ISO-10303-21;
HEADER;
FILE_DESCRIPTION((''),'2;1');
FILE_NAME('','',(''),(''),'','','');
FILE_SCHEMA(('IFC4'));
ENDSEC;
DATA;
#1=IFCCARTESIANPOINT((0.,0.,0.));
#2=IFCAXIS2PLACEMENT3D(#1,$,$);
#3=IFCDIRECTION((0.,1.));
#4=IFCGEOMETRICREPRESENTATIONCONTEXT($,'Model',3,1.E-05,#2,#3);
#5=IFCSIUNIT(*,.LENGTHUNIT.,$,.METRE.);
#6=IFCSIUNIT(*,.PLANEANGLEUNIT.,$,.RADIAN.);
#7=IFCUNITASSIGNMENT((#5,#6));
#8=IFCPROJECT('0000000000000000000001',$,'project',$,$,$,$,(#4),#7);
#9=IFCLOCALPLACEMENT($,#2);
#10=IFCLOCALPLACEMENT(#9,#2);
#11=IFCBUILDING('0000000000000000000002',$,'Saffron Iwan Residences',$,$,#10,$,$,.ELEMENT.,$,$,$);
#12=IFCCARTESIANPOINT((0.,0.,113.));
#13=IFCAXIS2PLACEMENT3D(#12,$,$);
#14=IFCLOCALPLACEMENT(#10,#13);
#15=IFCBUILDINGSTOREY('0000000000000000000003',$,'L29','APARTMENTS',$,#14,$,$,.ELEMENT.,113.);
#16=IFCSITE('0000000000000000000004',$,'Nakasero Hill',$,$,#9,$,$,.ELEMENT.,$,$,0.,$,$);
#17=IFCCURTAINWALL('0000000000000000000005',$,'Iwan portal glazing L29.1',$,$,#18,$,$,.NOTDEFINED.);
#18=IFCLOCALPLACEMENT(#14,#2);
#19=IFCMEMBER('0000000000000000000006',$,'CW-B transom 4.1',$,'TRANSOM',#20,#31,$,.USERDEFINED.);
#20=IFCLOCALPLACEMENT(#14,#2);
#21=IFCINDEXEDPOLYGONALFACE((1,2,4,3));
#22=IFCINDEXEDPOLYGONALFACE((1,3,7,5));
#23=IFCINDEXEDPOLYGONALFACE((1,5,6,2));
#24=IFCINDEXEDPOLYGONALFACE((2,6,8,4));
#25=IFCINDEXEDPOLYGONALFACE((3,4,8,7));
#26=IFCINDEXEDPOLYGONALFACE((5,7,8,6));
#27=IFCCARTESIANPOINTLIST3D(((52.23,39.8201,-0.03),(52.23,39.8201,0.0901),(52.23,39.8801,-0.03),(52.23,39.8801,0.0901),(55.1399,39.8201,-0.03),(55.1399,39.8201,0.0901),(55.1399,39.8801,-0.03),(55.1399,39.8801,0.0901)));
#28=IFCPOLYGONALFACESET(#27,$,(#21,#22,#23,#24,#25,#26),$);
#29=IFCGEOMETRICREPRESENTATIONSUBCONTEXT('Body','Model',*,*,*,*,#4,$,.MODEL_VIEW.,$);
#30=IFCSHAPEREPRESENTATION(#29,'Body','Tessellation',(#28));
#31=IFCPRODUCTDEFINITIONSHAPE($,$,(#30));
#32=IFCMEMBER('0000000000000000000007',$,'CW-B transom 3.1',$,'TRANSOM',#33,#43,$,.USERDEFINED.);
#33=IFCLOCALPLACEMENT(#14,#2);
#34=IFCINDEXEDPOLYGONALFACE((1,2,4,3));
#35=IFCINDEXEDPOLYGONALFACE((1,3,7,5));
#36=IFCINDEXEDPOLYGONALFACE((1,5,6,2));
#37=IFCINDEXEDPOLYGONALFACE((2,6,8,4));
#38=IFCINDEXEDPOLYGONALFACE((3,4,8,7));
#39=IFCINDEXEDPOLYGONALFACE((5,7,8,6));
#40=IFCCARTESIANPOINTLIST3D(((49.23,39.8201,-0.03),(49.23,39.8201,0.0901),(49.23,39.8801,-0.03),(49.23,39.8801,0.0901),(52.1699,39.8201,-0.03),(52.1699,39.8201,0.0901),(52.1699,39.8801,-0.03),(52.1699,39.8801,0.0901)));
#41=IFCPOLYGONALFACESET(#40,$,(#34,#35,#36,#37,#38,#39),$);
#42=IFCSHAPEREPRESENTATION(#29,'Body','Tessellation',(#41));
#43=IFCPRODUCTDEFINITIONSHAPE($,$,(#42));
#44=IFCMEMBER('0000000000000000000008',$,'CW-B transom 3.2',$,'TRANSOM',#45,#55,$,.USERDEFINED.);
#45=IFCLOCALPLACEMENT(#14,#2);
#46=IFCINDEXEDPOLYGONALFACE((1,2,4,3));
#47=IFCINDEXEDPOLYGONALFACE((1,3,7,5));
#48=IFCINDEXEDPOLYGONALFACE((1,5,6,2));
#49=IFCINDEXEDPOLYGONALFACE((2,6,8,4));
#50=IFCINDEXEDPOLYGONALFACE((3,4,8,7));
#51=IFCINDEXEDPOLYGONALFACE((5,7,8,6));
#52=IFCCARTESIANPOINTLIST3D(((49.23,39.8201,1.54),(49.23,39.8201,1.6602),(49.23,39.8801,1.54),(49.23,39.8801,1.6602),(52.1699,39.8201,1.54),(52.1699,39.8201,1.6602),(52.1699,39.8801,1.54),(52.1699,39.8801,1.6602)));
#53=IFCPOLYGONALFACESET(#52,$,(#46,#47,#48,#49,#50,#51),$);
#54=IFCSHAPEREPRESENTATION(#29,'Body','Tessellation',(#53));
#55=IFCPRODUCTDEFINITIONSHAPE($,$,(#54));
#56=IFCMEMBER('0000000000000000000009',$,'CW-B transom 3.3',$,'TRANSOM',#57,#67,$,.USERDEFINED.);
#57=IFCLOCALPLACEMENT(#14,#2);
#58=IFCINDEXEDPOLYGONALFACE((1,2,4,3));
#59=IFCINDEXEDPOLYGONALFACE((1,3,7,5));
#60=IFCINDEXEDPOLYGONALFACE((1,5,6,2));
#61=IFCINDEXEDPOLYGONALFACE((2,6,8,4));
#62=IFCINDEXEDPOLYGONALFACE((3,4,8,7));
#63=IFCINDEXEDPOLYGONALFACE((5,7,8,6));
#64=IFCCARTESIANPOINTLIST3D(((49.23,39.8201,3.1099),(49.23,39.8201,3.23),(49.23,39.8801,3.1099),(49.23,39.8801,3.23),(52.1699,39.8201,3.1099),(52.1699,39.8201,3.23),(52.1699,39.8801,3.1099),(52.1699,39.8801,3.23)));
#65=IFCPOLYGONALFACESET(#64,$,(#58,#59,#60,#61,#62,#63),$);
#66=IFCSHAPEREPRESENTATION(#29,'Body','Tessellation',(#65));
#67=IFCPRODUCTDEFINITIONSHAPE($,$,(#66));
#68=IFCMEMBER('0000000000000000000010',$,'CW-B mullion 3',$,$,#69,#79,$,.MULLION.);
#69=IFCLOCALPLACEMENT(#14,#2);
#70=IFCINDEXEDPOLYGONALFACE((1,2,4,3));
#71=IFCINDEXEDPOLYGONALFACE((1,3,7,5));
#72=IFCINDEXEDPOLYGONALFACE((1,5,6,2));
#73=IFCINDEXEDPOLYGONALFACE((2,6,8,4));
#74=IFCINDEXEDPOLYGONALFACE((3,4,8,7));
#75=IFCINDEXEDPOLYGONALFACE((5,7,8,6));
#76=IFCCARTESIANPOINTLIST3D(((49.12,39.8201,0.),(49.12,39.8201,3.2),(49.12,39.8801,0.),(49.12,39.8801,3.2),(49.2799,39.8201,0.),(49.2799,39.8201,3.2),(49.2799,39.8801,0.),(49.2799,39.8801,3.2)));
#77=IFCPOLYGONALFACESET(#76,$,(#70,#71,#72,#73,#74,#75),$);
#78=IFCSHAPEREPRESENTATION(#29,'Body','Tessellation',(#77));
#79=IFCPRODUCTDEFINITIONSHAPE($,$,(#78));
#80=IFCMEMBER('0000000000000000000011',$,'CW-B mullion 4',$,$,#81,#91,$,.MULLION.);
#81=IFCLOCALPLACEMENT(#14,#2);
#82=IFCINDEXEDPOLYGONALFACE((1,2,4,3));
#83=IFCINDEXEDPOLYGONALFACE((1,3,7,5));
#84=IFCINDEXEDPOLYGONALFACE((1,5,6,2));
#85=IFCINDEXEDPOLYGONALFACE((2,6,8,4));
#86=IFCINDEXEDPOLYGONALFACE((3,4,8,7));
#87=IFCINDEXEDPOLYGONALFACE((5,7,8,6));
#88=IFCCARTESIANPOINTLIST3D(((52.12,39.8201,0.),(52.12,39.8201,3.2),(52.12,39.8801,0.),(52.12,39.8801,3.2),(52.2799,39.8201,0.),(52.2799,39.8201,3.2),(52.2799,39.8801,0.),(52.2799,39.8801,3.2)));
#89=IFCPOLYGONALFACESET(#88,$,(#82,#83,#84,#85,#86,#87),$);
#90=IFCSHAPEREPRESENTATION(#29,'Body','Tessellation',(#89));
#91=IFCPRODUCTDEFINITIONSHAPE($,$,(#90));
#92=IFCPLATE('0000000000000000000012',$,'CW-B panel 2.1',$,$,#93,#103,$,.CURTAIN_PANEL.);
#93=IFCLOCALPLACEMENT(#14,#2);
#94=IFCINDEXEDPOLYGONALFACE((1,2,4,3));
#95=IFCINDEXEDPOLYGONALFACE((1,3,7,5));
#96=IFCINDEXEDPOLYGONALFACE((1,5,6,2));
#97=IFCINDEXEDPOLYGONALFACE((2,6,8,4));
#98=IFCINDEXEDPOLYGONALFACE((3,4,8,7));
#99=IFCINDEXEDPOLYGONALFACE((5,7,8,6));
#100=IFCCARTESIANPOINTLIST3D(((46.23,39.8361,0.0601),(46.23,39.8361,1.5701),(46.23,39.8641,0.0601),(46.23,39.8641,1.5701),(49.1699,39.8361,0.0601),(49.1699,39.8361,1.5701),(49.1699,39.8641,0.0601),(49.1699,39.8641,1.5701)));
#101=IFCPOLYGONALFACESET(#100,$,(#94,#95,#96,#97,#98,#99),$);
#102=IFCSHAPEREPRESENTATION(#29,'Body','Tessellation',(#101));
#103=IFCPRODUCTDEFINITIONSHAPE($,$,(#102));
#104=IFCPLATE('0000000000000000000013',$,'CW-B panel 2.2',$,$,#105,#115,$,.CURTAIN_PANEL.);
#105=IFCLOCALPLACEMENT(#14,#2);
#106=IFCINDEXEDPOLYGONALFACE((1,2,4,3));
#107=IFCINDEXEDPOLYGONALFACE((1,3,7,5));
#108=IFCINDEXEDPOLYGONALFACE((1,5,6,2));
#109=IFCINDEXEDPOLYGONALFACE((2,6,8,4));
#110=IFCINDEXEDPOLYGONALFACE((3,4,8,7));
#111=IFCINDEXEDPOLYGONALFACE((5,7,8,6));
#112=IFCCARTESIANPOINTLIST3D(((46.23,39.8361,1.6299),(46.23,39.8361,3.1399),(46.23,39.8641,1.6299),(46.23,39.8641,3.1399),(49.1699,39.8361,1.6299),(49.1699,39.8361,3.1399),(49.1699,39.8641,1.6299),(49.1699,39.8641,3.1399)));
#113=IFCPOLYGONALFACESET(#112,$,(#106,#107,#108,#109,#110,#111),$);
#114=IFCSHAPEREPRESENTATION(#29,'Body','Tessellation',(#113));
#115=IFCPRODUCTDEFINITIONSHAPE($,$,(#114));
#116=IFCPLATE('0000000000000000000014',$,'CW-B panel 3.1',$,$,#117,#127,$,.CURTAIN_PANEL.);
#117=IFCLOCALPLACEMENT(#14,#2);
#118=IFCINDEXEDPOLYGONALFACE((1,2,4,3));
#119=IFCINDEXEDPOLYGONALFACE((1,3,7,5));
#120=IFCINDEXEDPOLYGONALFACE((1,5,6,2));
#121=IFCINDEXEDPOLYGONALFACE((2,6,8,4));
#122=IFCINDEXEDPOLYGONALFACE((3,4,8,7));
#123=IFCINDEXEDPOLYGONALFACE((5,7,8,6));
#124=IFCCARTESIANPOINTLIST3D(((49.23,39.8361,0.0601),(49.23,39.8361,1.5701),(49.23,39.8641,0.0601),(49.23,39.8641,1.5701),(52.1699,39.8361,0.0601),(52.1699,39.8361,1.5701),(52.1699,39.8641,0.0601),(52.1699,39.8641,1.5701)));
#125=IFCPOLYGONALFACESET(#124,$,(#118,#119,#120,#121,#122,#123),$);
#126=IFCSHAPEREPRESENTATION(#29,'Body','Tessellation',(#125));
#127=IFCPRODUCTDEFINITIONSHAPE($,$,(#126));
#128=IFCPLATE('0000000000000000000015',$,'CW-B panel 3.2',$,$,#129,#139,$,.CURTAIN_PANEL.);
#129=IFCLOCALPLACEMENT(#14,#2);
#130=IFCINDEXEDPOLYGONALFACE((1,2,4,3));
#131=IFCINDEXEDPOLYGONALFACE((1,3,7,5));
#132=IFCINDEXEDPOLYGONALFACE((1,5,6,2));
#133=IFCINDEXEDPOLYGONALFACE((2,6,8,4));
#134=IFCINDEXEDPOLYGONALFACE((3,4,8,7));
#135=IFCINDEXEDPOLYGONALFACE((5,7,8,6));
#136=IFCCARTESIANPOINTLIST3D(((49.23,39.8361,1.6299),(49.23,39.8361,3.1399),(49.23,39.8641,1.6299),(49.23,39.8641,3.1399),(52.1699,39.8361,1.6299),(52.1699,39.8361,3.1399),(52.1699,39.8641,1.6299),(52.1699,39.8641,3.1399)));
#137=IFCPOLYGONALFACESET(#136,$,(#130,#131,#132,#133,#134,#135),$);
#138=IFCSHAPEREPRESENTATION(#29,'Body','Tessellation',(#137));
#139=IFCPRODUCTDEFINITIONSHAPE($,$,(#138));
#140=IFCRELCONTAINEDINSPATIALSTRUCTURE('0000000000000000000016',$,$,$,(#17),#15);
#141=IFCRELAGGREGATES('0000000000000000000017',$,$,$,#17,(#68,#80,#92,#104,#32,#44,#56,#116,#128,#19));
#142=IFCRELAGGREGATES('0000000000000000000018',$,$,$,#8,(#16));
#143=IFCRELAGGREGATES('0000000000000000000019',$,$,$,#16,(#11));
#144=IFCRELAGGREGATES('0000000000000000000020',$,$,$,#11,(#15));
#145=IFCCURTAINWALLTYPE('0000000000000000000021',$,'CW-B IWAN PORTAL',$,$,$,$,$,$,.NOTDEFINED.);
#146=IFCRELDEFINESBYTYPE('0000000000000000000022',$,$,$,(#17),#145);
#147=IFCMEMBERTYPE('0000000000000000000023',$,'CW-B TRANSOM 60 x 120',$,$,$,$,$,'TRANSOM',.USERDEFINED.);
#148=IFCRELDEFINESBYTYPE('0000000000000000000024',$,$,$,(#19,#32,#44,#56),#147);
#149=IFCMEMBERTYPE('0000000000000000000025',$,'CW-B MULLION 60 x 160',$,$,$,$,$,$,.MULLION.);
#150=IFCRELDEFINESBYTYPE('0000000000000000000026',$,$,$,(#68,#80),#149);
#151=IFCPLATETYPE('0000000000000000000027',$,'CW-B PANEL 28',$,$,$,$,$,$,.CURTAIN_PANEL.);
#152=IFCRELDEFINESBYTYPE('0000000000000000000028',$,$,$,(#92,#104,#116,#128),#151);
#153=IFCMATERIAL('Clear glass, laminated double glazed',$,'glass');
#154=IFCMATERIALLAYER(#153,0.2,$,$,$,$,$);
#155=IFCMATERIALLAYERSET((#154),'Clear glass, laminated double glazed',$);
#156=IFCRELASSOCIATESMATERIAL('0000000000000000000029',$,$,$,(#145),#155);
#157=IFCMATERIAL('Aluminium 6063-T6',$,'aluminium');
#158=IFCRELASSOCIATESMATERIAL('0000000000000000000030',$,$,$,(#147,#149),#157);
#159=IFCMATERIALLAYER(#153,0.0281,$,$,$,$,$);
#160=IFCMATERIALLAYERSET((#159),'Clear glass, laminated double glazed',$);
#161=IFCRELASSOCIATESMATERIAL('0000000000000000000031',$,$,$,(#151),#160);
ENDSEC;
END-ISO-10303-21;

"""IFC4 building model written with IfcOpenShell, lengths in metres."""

from ifc_helpers import new_model, si_unit, direction, frame, origin, origin_2d, place, context, subcontext, project, spatial, rectangle, extrude, source, transform, mapped, material, layer, layer_set, material_profile, profile_set, type_object, element, aggregate, save


model = new_model("IFC4")

# Units and contexts
model_context = context("Model", 3, precision=1e-05, world=origin(), true_north=direction((0.0, 1.0)))
body_context = subcontext(model_context, "Body", "Model", "MODEL_VIEW")
ifc_project = project(units=[si_unit("LENGTHUNIT", "METRE"), si_unit("PLANEANGLEUNIT", "RADIAN")], contexts=[model_context])

# Site, building, storey
site_placement = place(None, origin())
site = spatial("IfcSite", under=ifc_project, at=site_placement, Name="Nakasero Hill", CompositionType="ELEMENT", RefElevation=0.0)
building_placement = place(site_placement, origin())
building = spatial("IfcBuilding", under=site, at=building_placement, Name="Saffron Iwan Residences", CompositionType="ELEMENT")
storey_placement = place(building_placement, frame((0.0, 0.0, 113.0)))
storey = spatial("IfcBuildingStorey", under=building, at=storey_placement, Name="L29", Description="APARTMENTS", CompositionType="ELEMENT", Elevation=113.0)

# Curtain wall, members, plates
ifc_material_1 = material(Name="Clear glass, laminated double glazed", Category="glass")
ifc_layer_1 = layer(ifc_material_1, 0.2)
ifc_layer_set_1 = layer_set([ifc_layer_1], Name="Clear glass, laminated double glazed")
curtain_wall_type = type_object("IfcCurtainWallType", Name="CW-B IWAN PORTAL", PredefinedType="NOTDEFINED", material=ifc_layer_set_1)
curtain_wall_placement = place(storey_placement, origin())
curtain_wall = element("IfcCurtainWall", 1, at=curtain_wall_placement, inside=storey, type_object=curtain_wall_type, Name="Iwan portal glazing L29.1", PredefinedType="NOTDEFINED")
ifc_material_2 = material(Name="Aluminium 6063-T6", Category="aluminium")
ifc_material_profile_1 = material_profile(ifc_material_2, rectangle(XDim=0.0601, YDim=0.1201, at=origin_2d()), Name="CW-B TRANSOM 60 x 120")
ifc_profile_set_1 = profile_set([ifc_material_profile_1], Name="Aluminium 6063-T6")
member_type_1 = type_object("IfcMemberType", Name="CW-B TRANSOM 60 x 120", ElementType="TRANSOM", PredefinedType="USERDEFINED", material=ifc_profile_set_1)
shared_shape_1 = source(origin(), body_context, "Body", "SweptSolid", [
    extrude(rectangle(XDim=0.0601, YDim=0.1201, at=origin_2d()), origin(), (0.0, 0.0, 1.0), 2.9099),
])
member_1_placement = place(storey_placement, frame((52.23, 39.8501, 0.03), z_axis=(1.0, 0.0, 0.0), x_axis=(0.0, 1.0, 0.0)))
member_1 = element("IfcMember", 2, at=member_1_placement, type_object=member_type_1, Name="CW-B transom 4.1", ObjectType="TRANSOM", PredefinedType="USERDEFINED", context=body_context, shape_type="MappedRepresentation", body=[
    mapped(shared_shape_1, transform((0.0, 0.0, 0.0))),
])
shared_shape_2 = source(origin(), body_context, "Body", "SweptSolid", [
    extrude(rectangle(XDim=0.0601, YDim=0.1201, at=origin_2d()), origin(), (0.0, 0.0, 1.0), 2.9399),
])
member_2_placement = place(storey_placement, frame((49.23, 39.8501, 0.03), z_axis=(1.0, 0.0, 0.0), x_axis=(0.0, 1.0, 0.0)))
member_2 = element("IfcMember", 3, at=member_2_placement, type_object=member_type_1, Name="CW-B transom 3.1", ObjectType="TRANSOM", PredefinedType="USERDEFINED", context=body_context, shape_type="MappedRepresentation", body=[
    mapped(shared_shape_2, transform((0.0, 0.0, 0.0))),
])
member_3_placement = place(storey_placement, frame((49.23, 39.8501, 1.6001), z_axis=(1.0, 0.0, 0.0), x_axis=(0.0, 1.0, 0.0)))
member_3 = element("IfcMember", 4, at=member_3_placement, type_object=member_type_1, Name="CW-B transom 3.2", ObjectType="TRANSOM", PredefinedType="USERDEFINED", context=body_context, shape_type="MappedRepresentation", body=[
    mapped(shared_shape_2, transform((0.0, 0.0, 0.0))),
])
member_4_placement = place(storey_placement, frame((49.23, 39.8501, 3.1699), z_axis=(1.0, 0.0, 0.0), x_axis=(0.0, 1.0, 0.0)))
member_4 = element("IfcMember", 5, at=member_4_placement, type_object=member_type_1, Name="CW-B transom 3.3", ObjectType="TRANSOM", PredefinedType="USERDEFINED", context=body_context, shape_type="MappedRepresentation", body=[
    mapped(shared_shape_2, transform((0.0, 0.0, 0.0))),
])
ifc_material_profile_2 = material_profile(ifc_material_2, rectangle(XDim=0.0601, YDim=0.1599, at=origin_2d()), Name="CW-B MULLION 60 x 160")
ifc_profile_set_2 = profile_set([ifc_material_profile_2], Name="Aluminium 6063-T6")
member_type_2 = type_object("IfcMemberType", Name="CW-B MULLION 60 x 160", PredefinedType="MULLION", material=ifc_profile_set_2)
shared_shape_3 = source(origin(), body_context, "Body", "SweptSolid", [
    extrude(rectangle(XDim=0.0601, YDim=0.1599, at=origin_2d()), origin(), (0.0, 0.0, 1.0), 3.2),
])
member_5_placement = place(storey_placement, frame((49.2, 39.8501, 0.0), z_axis=(0.0, 0.0, 1.0), x_axis=(0.0, 1.0, 0.0)))
member_5 = element("IfcMember", 6, at=member_5_placement, type_object=member_type_2, Name="CW-B mullion 3", PredefinedType="MULLION", context=body_context, shape_type="MappedRepresentation", body=[
    mapped(shared_shape_3, transform((0.0, 0.0, 0.0))),
])
member_6_placement = place(storey_placement, frame((52.2, 39.8501, 0.0), z_axis=(0.0, 0.0, 1.0), x_axis=(0.0, 1.0, 0.0)))
member_6 = element("IfcMember", 7, at=member_6_placement, type_object=member_type_2, Name="CW-B mullion 4", PredefinedType="MULLION", context=body_context, shape_type="MappedRepresentation", body=[
    mapped(shared_shape_3, transform((0.0, 0.0, 0.0))),
])
ifc_layer_2 = layer(ifc_material_1, 0.0281)
ifc_layer_set_2 = layer_set([ifc_layer_2], Name="Clear glass, laminated double glazed")
plate_type = type_object("IfcPlateType", Name="CW-B PANEL 28", PredefinedType="CURTAIN_PANEL", material=ifc_layer_set_2)
shared_shape_4 = source(origin(), body_context, "Body", "SweptSolid", [
    extrude(rectangle(XDim=2.9399, YDim=0.0281, at=origin_2d()), origin(), (0.0, 0.0, 1.0), 1.51),
])
plate_1_placement = place(storey_placement, frame((47.7, 39.8501, 0.0601), z_axis=(0.0, 0.0, 1.0), x_axis=(1.0, 0.0, 0.0)))
plate_1 = element("IfcPlate", 8, at=plate_1_placement, type_object=plate_type, Name="CW-B panel 2.1", PredefinedType="CURTAIN_PANEL", context=body_context, shape_type="MappedRepresentation", body=[
    mapped(shared_shape_4, transform((0.0, 0.0, 0.0))),
])
plate_2_placement = place(storey_placement, frame((47.7, 39.8501, 1.6299), z_axis=(0.0, 0.0, 1.0), x_axis=(1.0, 0.0, 0.0)))
plate_2 = element("IfcPlate", 9, at=plate_2_placement, type_object=plate_type, Name="CW-B panel 2.2", PredefinedType="CURTAIN_PANEL", context=body_context, shape_type="MappedRepresentation", body=[
    mapped(shared_shape_4, transform((0.0, 0.0, 0.0))),
])
plate_3_placement = place(storey_placement, frame((50.7, 39.8501, 0.0601), z_axis=(0.0, 0.0, 1.0), x_axis=(1.0, 0.0, 0.0)))
plate_3 = element("IfcPlate", 10, at=plate_3_placement, type_object=plate_type, Name="CW-B panel 3.1", PredefinedType="CURTAIN_PANEL", context=body_context, shape_type="MappedRepresentation", body=[
    mapped(shared_shape_4, transform((0.0, 0.0, 0.0))),
])
plate_4_placement = place(storey_placement, frame((50.7, 39.8501, 1.6299), z_axis=(0.0, 0.0, 1.0), x_axis=(1.0, 0.0, 0.0)))
plate_4 = element("IfcPlate", 11, at=plate_4_placement, type_object=plate_type, Name="CW-B panel 3.2", PredefinedType="CURTAIN_PANEL", context=body_context, shape_type="MappedRepresentation", body=[
    mapped(shared_shape_4, transform((0.0, 0.0, 0.0))),
])
aggregate(curtain_wall, [member_5, member_6, plate_1, plate_2, member_2, member_3, member_4, plate_3, plate_4, member_1])

save(model, "model.ifc")
